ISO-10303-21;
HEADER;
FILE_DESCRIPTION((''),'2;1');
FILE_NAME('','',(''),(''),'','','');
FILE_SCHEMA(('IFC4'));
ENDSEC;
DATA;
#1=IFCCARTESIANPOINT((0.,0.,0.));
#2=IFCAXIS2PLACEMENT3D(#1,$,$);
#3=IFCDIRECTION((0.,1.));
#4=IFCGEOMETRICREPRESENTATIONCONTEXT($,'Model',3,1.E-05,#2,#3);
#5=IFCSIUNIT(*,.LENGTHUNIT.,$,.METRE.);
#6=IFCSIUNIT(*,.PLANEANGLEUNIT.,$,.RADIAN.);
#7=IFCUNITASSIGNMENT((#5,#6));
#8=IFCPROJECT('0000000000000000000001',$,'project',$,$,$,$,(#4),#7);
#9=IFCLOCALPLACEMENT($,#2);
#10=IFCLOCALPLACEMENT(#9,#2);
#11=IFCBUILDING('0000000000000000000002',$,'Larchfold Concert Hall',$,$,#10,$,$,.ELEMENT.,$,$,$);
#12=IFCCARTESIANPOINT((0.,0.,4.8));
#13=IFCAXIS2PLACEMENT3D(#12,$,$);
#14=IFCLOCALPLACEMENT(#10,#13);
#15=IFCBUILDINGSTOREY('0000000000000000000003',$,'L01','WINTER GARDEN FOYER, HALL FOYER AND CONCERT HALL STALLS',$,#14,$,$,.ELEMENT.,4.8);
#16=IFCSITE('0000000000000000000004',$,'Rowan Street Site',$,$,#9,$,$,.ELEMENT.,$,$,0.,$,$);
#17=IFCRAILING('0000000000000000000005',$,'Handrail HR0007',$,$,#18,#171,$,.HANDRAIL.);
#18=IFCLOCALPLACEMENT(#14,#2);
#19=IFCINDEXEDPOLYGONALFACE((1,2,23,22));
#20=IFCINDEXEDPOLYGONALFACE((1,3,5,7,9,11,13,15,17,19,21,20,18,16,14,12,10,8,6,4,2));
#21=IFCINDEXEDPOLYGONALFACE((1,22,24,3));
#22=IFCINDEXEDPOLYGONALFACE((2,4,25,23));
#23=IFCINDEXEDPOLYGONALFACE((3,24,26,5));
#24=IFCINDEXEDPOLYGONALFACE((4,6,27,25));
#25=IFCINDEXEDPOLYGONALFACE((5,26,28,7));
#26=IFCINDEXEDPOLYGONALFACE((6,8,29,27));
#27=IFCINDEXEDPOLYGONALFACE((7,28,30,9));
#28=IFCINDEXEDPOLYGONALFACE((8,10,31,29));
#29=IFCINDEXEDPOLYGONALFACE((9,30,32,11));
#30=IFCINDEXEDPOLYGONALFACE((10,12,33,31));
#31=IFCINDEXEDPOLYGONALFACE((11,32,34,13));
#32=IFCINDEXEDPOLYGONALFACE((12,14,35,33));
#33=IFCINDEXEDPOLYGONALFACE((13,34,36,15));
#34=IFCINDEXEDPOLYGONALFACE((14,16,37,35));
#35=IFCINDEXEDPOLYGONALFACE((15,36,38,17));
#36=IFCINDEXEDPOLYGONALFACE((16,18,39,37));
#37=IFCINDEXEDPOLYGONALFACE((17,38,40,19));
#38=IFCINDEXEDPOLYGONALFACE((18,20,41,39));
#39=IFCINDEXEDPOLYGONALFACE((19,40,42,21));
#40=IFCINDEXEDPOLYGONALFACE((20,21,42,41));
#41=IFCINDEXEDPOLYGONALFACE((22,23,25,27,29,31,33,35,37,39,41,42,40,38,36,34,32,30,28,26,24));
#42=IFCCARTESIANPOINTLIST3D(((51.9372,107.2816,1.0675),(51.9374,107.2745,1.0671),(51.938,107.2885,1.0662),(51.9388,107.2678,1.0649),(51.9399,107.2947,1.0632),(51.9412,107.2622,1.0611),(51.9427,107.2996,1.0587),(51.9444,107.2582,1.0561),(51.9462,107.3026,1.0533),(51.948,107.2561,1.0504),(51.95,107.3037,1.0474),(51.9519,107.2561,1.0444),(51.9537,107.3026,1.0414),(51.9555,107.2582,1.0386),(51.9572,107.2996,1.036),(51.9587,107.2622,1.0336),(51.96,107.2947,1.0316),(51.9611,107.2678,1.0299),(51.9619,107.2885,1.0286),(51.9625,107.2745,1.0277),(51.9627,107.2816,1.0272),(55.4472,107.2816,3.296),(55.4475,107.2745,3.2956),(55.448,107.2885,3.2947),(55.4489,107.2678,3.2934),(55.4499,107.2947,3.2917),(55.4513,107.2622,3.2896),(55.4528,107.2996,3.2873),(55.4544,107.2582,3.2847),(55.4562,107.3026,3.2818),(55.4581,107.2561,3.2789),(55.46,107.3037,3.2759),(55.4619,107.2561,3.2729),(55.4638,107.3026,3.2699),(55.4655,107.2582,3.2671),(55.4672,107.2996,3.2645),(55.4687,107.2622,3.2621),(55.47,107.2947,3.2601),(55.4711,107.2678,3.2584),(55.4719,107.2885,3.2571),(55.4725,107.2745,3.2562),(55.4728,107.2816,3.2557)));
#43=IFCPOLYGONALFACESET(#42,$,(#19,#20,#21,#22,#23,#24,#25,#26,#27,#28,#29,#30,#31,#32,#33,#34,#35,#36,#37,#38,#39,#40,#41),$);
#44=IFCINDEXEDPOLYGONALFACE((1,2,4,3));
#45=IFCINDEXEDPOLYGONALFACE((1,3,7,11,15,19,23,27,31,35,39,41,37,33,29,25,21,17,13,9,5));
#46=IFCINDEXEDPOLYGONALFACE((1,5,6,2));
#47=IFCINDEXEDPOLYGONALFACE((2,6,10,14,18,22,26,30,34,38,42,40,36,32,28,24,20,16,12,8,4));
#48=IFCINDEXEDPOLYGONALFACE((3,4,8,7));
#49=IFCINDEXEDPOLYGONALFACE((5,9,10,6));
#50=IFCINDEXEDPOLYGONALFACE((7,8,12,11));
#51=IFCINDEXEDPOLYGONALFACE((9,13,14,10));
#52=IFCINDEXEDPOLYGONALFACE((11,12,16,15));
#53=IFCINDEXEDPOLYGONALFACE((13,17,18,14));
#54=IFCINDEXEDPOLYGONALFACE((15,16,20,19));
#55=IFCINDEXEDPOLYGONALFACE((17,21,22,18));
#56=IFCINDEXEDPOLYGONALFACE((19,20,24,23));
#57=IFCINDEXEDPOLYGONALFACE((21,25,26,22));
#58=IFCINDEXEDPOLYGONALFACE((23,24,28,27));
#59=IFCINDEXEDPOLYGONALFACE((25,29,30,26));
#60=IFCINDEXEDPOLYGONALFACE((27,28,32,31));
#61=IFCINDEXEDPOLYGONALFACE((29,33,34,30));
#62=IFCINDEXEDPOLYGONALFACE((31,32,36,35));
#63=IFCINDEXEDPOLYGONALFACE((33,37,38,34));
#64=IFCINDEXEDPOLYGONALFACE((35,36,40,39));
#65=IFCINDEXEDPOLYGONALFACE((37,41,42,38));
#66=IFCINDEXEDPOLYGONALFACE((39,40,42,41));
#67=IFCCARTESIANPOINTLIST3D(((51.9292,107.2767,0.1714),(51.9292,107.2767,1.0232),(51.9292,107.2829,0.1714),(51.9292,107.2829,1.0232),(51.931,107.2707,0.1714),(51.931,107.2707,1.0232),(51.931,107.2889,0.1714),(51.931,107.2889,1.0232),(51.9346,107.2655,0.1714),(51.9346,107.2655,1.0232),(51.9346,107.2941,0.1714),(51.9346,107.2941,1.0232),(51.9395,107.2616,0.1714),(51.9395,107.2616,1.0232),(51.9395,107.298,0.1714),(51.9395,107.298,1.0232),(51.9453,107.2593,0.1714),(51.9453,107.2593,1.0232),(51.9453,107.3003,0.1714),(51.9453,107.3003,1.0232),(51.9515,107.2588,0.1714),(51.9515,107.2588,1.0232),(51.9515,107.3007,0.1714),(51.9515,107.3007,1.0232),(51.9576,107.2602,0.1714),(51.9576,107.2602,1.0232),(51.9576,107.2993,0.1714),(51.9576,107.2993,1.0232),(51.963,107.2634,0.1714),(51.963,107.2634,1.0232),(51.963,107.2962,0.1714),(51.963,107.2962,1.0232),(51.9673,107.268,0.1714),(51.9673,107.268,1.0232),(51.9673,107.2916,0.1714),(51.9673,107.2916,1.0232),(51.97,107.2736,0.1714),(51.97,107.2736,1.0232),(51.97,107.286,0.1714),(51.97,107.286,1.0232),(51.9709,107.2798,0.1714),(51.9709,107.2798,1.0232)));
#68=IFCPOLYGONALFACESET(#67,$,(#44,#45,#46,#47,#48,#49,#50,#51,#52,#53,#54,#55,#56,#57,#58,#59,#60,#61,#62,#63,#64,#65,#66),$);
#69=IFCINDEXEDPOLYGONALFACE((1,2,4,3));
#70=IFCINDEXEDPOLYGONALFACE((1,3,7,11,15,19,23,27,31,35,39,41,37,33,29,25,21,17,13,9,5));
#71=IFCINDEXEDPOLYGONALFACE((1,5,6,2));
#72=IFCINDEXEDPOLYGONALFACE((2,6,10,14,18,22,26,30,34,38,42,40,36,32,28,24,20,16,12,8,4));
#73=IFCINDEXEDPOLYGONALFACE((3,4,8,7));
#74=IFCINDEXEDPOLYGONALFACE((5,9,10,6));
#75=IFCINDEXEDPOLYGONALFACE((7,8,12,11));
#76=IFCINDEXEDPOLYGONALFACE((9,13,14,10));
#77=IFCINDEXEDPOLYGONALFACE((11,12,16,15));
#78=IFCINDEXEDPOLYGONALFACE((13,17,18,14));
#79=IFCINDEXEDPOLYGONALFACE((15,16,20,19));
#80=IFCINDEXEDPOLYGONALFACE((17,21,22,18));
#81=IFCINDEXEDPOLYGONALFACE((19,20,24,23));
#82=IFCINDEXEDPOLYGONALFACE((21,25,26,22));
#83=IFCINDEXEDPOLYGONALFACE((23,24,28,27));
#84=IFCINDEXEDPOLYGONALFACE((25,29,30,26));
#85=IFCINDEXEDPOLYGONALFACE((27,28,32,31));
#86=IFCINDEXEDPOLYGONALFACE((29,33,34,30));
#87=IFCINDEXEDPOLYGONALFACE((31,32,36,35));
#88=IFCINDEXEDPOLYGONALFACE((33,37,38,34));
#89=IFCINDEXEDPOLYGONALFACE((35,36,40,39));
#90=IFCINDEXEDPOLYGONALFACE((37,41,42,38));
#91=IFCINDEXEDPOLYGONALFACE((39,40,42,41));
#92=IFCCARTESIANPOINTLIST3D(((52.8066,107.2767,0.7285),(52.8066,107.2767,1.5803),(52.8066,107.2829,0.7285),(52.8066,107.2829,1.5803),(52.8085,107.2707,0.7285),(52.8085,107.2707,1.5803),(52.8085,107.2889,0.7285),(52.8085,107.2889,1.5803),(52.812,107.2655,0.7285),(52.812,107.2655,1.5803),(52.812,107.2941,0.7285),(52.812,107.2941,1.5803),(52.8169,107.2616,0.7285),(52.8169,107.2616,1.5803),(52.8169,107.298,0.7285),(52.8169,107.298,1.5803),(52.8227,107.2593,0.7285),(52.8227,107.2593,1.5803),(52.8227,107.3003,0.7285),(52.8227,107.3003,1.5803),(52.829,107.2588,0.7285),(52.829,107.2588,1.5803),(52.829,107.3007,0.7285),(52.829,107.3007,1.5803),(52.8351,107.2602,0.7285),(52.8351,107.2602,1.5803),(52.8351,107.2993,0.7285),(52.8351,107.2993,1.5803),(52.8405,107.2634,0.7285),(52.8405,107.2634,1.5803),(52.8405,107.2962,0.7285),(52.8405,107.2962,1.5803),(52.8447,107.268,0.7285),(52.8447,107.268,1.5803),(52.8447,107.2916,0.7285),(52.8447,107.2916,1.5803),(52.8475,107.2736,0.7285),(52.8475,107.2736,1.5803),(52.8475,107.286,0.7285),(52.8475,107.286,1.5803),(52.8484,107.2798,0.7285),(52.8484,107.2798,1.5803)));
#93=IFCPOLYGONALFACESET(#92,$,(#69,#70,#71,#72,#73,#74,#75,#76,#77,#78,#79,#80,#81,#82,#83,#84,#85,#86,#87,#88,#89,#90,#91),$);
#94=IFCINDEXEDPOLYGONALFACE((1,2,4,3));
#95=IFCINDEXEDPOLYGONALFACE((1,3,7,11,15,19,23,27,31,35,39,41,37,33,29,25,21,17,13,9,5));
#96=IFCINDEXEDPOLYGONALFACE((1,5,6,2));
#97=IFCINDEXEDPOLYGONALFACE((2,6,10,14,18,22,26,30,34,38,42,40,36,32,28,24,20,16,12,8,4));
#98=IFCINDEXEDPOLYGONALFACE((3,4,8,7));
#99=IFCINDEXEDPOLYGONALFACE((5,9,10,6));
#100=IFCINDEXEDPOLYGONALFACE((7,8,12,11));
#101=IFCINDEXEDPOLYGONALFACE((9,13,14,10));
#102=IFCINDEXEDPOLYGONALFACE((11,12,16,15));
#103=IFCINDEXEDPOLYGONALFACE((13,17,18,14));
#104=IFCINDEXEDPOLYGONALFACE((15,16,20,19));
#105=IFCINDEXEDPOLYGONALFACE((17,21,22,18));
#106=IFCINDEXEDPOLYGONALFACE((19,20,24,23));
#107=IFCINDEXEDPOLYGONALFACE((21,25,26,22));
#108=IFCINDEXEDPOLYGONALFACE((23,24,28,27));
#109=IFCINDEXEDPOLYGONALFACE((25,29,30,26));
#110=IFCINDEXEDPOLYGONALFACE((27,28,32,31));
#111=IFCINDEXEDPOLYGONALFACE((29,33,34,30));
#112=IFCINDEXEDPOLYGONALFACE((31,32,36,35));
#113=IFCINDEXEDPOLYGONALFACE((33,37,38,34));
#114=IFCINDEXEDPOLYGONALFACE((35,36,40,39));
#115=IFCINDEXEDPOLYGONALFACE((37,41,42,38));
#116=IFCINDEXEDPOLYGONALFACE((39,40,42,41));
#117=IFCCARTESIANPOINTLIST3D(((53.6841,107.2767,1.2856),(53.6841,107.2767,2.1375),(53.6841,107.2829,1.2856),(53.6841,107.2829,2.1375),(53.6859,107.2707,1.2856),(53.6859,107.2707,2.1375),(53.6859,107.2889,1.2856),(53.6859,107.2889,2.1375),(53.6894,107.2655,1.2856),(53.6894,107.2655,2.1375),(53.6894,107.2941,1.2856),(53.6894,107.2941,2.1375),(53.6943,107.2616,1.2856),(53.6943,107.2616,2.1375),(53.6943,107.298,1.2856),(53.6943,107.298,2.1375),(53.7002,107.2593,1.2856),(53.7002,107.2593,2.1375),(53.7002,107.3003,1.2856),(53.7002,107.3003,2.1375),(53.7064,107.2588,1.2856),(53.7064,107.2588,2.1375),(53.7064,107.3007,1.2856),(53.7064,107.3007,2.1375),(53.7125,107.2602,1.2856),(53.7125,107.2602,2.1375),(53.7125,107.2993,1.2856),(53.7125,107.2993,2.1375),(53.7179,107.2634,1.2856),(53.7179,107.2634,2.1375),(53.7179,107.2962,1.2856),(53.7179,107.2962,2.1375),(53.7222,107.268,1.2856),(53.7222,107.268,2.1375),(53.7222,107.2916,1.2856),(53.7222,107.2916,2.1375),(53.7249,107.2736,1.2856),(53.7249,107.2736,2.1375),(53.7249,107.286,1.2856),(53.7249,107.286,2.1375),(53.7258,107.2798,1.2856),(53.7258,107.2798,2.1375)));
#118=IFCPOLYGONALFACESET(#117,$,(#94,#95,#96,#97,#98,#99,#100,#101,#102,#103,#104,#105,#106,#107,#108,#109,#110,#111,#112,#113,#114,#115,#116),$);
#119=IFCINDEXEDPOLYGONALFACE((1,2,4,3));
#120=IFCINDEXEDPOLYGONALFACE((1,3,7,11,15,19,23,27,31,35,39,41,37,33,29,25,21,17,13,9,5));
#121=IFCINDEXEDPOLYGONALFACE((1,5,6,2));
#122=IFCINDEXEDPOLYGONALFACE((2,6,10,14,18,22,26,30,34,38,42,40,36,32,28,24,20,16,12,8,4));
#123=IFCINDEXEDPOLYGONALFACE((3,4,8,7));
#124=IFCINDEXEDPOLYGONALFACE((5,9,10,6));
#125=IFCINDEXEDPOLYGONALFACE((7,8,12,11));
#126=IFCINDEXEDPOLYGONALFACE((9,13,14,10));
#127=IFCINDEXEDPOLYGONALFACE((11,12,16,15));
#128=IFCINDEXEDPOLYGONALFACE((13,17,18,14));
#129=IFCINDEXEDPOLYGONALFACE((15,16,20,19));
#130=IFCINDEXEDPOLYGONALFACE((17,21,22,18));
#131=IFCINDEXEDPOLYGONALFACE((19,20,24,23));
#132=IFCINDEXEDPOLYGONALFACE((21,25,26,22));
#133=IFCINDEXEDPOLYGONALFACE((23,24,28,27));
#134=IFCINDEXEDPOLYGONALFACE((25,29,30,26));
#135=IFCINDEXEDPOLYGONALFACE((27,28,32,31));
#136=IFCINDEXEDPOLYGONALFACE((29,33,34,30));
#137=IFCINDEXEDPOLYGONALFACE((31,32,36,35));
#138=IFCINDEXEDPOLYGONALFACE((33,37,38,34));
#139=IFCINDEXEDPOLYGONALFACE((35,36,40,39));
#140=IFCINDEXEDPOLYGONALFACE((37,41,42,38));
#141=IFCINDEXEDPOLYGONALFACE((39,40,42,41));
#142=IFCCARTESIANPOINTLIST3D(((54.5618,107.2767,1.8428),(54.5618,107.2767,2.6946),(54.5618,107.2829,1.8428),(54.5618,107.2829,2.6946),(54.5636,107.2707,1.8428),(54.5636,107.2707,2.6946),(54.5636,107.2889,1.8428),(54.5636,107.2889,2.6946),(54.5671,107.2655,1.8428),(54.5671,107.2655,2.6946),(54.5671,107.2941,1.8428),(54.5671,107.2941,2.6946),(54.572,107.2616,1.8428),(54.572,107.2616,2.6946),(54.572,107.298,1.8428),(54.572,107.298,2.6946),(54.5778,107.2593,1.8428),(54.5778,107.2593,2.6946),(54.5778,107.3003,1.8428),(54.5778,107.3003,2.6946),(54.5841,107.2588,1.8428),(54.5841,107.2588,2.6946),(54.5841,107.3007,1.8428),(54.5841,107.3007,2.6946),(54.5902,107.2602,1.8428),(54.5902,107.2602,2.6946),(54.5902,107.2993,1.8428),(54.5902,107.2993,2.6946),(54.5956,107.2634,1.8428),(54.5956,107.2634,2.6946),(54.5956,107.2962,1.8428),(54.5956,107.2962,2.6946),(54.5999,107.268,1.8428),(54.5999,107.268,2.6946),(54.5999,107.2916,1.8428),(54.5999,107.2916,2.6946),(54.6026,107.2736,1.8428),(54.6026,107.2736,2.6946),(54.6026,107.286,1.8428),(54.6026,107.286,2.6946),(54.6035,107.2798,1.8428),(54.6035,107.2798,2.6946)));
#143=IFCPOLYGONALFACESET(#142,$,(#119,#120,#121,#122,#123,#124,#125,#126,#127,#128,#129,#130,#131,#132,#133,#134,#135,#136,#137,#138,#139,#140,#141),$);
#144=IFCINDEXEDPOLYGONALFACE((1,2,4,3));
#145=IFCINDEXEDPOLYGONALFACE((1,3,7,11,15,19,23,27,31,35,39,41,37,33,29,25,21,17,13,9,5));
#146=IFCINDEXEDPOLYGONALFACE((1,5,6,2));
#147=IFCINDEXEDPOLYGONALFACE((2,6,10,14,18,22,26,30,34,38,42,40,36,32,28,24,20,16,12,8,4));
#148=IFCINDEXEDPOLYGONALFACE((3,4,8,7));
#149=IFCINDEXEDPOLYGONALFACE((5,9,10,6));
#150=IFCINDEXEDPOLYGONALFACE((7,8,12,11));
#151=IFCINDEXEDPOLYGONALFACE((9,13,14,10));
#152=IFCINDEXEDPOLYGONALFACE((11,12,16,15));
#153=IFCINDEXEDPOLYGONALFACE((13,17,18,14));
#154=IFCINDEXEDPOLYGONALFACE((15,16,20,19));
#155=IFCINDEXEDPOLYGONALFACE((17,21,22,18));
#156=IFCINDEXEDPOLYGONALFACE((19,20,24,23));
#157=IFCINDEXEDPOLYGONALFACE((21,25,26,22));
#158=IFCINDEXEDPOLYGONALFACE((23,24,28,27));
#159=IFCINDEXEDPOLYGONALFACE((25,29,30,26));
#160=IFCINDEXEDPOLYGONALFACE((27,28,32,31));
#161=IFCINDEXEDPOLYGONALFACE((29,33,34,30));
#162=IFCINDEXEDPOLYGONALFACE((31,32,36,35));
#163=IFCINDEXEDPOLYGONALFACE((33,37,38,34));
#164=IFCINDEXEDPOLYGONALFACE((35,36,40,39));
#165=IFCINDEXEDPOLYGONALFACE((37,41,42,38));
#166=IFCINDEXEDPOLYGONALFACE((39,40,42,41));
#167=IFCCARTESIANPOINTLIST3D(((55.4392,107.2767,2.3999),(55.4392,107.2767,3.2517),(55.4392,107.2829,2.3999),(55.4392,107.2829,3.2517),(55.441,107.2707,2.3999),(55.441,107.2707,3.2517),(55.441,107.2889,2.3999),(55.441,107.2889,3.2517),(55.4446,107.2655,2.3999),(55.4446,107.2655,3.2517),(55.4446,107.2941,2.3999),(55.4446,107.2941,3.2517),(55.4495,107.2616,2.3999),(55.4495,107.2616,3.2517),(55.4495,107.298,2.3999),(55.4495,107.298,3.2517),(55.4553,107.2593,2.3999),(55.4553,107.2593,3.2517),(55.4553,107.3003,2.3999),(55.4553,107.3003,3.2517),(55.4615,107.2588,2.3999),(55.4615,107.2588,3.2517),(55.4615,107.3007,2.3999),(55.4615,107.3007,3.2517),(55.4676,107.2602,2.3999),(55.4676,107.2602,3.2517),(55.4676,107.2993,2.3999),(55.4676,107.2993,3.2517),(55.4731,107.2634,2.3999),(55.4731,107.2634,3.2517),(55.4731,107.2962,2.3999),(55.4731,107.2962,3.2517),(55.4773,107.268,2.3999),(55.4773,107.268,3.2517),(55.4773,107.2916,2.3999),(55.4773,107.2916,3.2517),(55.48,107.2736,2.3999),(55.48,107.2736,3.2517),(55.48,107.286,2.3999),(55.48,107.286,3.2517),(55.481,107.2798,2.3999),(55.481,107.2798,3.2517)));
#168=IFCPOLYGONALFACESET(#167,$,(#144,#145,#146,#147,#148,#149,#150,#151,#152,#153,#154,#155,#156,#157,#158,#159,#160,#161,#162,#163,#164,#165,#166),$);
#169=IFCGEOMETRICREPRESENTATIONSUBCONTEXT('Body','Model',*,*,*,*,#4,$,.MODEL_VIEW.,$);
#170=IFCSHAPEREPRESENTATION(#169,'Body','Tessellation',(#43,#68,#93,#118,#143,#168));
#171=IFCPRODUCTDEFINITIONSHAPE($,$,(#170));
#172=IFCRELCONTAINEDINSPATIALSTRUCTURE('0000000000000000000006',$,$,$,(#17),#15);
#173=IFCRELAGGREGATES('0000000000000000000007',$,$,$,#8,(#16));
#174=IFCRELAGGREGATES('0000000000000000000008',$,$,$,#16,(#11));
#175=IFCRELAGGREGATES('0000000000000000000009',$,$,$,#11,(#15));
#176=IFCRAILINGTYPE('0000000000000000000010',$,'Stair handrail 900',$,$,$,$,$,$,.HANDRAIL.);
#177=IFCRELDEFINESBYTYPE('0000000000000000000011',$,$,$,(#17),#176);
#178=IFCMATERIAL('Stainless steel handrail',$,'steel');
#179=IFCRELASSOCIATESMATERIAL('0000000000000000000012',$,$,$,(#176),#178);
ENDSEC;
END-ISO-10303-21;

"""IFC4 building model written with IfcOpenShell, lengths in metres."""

from ifc_helpers import new_model, si_unit, direction, frame, origin, origin_2d, place, context, subcontext, project, spatial, circle, extrude, material, type_object, element, save


model = new_model("IFC4")

# Units and contexts
model_context = context("Model", 3, precision=1e-05, world=origin(), true_north=direction((0.0, 1.0)))
body_context = subcontext(model_context, "Body", "Model", "MODEL_VIEW")
ifc_project = project(units=[si_unit("LENGTHUNIT", "METRE"), si_unit("PLANEANGLEUNIT", "RADIAN")], contexts=[model_context])

# Site, building, storey
site_placement = place(None, origin())
site = spatial("IfcSite", under=ifc_project, at=site_placement, Name="Rowan Street Site", CompositionType="ELEMENT", RefElevation=0.0)
building_placement = place(site_placement, origin())
building = spatial("IfcBuilding", under=site, at=building_placement, Name="Larchfold Concert Hall", CompositionType="ELEMENT")
storey_placement = place(building_placement, frame((0.0, 0.0, 4.8)))
storey = spatial("IfcBuildingStorey", under=building, at=storey_placement, Name="L01", Description="WINTER GARDEN FOYER, HALL FOYER AND CONCERT HALL STALLS", CompositionType="ELEMENT", Elevation=4.8)

# Railing
ifc_material_1 = material(Name="Stainless steel handrail", Category="steel")
railing_type_1 = type_object("IfcRailingType", Name="Stair handrail 900", PredefinedType="HANDRAIL", material=ifc_material_1)
railing_1_placement = place(storey_placement, frame((51.95, 107.2798, 0.1714)))
element("IfcRailing", 1, at=railing_1_placement, inside=storey, type_object=railing_type_1, Name="Handrail HR0007", PredefinedType="HANDRAIL", context=body_context, shape_type="SweptSolid", body=[
    extrude(circle(Radius=0.0239, at=origin_2d()), frame((0.0, 0.0, 0.876), z_axis=(0.84422, 0.0, 0.535998), x_axis=(0.0, 1.0, 0.0)), (0.0, 0.0, 1.0), 4.1577),
    extrude(circle(Radius=0.021, at=origin_2d()), origin(), (0.0, 0.0, 1.0), 0.8518),
    extrude(circle(Radius=0.021, at=origin_2d()), frame((0.8774, 0.0, 0.5571)), (0.0, 0.0, 1.0), 0.8518),
    extrude(circle(Radius=0.021, at=origin_2d()), frame((1.7549, 0.0, 1.1143)), (0.0, 0.0, 1.0), 0.8518),
    extrude(circle(Radius=0.021, at=origin_2d()), frame((2.6326, 0.0, 1.6714)), (0.0, 0.0, 1.0), 0.8518),
    extrude(circle(Radius=0.021, at=origin_2d()), frame((3.51, 0.0, 2.2285)), (0.0, 0.0, 1.0), 0.8518),
])

save(model, "model.ifc")
